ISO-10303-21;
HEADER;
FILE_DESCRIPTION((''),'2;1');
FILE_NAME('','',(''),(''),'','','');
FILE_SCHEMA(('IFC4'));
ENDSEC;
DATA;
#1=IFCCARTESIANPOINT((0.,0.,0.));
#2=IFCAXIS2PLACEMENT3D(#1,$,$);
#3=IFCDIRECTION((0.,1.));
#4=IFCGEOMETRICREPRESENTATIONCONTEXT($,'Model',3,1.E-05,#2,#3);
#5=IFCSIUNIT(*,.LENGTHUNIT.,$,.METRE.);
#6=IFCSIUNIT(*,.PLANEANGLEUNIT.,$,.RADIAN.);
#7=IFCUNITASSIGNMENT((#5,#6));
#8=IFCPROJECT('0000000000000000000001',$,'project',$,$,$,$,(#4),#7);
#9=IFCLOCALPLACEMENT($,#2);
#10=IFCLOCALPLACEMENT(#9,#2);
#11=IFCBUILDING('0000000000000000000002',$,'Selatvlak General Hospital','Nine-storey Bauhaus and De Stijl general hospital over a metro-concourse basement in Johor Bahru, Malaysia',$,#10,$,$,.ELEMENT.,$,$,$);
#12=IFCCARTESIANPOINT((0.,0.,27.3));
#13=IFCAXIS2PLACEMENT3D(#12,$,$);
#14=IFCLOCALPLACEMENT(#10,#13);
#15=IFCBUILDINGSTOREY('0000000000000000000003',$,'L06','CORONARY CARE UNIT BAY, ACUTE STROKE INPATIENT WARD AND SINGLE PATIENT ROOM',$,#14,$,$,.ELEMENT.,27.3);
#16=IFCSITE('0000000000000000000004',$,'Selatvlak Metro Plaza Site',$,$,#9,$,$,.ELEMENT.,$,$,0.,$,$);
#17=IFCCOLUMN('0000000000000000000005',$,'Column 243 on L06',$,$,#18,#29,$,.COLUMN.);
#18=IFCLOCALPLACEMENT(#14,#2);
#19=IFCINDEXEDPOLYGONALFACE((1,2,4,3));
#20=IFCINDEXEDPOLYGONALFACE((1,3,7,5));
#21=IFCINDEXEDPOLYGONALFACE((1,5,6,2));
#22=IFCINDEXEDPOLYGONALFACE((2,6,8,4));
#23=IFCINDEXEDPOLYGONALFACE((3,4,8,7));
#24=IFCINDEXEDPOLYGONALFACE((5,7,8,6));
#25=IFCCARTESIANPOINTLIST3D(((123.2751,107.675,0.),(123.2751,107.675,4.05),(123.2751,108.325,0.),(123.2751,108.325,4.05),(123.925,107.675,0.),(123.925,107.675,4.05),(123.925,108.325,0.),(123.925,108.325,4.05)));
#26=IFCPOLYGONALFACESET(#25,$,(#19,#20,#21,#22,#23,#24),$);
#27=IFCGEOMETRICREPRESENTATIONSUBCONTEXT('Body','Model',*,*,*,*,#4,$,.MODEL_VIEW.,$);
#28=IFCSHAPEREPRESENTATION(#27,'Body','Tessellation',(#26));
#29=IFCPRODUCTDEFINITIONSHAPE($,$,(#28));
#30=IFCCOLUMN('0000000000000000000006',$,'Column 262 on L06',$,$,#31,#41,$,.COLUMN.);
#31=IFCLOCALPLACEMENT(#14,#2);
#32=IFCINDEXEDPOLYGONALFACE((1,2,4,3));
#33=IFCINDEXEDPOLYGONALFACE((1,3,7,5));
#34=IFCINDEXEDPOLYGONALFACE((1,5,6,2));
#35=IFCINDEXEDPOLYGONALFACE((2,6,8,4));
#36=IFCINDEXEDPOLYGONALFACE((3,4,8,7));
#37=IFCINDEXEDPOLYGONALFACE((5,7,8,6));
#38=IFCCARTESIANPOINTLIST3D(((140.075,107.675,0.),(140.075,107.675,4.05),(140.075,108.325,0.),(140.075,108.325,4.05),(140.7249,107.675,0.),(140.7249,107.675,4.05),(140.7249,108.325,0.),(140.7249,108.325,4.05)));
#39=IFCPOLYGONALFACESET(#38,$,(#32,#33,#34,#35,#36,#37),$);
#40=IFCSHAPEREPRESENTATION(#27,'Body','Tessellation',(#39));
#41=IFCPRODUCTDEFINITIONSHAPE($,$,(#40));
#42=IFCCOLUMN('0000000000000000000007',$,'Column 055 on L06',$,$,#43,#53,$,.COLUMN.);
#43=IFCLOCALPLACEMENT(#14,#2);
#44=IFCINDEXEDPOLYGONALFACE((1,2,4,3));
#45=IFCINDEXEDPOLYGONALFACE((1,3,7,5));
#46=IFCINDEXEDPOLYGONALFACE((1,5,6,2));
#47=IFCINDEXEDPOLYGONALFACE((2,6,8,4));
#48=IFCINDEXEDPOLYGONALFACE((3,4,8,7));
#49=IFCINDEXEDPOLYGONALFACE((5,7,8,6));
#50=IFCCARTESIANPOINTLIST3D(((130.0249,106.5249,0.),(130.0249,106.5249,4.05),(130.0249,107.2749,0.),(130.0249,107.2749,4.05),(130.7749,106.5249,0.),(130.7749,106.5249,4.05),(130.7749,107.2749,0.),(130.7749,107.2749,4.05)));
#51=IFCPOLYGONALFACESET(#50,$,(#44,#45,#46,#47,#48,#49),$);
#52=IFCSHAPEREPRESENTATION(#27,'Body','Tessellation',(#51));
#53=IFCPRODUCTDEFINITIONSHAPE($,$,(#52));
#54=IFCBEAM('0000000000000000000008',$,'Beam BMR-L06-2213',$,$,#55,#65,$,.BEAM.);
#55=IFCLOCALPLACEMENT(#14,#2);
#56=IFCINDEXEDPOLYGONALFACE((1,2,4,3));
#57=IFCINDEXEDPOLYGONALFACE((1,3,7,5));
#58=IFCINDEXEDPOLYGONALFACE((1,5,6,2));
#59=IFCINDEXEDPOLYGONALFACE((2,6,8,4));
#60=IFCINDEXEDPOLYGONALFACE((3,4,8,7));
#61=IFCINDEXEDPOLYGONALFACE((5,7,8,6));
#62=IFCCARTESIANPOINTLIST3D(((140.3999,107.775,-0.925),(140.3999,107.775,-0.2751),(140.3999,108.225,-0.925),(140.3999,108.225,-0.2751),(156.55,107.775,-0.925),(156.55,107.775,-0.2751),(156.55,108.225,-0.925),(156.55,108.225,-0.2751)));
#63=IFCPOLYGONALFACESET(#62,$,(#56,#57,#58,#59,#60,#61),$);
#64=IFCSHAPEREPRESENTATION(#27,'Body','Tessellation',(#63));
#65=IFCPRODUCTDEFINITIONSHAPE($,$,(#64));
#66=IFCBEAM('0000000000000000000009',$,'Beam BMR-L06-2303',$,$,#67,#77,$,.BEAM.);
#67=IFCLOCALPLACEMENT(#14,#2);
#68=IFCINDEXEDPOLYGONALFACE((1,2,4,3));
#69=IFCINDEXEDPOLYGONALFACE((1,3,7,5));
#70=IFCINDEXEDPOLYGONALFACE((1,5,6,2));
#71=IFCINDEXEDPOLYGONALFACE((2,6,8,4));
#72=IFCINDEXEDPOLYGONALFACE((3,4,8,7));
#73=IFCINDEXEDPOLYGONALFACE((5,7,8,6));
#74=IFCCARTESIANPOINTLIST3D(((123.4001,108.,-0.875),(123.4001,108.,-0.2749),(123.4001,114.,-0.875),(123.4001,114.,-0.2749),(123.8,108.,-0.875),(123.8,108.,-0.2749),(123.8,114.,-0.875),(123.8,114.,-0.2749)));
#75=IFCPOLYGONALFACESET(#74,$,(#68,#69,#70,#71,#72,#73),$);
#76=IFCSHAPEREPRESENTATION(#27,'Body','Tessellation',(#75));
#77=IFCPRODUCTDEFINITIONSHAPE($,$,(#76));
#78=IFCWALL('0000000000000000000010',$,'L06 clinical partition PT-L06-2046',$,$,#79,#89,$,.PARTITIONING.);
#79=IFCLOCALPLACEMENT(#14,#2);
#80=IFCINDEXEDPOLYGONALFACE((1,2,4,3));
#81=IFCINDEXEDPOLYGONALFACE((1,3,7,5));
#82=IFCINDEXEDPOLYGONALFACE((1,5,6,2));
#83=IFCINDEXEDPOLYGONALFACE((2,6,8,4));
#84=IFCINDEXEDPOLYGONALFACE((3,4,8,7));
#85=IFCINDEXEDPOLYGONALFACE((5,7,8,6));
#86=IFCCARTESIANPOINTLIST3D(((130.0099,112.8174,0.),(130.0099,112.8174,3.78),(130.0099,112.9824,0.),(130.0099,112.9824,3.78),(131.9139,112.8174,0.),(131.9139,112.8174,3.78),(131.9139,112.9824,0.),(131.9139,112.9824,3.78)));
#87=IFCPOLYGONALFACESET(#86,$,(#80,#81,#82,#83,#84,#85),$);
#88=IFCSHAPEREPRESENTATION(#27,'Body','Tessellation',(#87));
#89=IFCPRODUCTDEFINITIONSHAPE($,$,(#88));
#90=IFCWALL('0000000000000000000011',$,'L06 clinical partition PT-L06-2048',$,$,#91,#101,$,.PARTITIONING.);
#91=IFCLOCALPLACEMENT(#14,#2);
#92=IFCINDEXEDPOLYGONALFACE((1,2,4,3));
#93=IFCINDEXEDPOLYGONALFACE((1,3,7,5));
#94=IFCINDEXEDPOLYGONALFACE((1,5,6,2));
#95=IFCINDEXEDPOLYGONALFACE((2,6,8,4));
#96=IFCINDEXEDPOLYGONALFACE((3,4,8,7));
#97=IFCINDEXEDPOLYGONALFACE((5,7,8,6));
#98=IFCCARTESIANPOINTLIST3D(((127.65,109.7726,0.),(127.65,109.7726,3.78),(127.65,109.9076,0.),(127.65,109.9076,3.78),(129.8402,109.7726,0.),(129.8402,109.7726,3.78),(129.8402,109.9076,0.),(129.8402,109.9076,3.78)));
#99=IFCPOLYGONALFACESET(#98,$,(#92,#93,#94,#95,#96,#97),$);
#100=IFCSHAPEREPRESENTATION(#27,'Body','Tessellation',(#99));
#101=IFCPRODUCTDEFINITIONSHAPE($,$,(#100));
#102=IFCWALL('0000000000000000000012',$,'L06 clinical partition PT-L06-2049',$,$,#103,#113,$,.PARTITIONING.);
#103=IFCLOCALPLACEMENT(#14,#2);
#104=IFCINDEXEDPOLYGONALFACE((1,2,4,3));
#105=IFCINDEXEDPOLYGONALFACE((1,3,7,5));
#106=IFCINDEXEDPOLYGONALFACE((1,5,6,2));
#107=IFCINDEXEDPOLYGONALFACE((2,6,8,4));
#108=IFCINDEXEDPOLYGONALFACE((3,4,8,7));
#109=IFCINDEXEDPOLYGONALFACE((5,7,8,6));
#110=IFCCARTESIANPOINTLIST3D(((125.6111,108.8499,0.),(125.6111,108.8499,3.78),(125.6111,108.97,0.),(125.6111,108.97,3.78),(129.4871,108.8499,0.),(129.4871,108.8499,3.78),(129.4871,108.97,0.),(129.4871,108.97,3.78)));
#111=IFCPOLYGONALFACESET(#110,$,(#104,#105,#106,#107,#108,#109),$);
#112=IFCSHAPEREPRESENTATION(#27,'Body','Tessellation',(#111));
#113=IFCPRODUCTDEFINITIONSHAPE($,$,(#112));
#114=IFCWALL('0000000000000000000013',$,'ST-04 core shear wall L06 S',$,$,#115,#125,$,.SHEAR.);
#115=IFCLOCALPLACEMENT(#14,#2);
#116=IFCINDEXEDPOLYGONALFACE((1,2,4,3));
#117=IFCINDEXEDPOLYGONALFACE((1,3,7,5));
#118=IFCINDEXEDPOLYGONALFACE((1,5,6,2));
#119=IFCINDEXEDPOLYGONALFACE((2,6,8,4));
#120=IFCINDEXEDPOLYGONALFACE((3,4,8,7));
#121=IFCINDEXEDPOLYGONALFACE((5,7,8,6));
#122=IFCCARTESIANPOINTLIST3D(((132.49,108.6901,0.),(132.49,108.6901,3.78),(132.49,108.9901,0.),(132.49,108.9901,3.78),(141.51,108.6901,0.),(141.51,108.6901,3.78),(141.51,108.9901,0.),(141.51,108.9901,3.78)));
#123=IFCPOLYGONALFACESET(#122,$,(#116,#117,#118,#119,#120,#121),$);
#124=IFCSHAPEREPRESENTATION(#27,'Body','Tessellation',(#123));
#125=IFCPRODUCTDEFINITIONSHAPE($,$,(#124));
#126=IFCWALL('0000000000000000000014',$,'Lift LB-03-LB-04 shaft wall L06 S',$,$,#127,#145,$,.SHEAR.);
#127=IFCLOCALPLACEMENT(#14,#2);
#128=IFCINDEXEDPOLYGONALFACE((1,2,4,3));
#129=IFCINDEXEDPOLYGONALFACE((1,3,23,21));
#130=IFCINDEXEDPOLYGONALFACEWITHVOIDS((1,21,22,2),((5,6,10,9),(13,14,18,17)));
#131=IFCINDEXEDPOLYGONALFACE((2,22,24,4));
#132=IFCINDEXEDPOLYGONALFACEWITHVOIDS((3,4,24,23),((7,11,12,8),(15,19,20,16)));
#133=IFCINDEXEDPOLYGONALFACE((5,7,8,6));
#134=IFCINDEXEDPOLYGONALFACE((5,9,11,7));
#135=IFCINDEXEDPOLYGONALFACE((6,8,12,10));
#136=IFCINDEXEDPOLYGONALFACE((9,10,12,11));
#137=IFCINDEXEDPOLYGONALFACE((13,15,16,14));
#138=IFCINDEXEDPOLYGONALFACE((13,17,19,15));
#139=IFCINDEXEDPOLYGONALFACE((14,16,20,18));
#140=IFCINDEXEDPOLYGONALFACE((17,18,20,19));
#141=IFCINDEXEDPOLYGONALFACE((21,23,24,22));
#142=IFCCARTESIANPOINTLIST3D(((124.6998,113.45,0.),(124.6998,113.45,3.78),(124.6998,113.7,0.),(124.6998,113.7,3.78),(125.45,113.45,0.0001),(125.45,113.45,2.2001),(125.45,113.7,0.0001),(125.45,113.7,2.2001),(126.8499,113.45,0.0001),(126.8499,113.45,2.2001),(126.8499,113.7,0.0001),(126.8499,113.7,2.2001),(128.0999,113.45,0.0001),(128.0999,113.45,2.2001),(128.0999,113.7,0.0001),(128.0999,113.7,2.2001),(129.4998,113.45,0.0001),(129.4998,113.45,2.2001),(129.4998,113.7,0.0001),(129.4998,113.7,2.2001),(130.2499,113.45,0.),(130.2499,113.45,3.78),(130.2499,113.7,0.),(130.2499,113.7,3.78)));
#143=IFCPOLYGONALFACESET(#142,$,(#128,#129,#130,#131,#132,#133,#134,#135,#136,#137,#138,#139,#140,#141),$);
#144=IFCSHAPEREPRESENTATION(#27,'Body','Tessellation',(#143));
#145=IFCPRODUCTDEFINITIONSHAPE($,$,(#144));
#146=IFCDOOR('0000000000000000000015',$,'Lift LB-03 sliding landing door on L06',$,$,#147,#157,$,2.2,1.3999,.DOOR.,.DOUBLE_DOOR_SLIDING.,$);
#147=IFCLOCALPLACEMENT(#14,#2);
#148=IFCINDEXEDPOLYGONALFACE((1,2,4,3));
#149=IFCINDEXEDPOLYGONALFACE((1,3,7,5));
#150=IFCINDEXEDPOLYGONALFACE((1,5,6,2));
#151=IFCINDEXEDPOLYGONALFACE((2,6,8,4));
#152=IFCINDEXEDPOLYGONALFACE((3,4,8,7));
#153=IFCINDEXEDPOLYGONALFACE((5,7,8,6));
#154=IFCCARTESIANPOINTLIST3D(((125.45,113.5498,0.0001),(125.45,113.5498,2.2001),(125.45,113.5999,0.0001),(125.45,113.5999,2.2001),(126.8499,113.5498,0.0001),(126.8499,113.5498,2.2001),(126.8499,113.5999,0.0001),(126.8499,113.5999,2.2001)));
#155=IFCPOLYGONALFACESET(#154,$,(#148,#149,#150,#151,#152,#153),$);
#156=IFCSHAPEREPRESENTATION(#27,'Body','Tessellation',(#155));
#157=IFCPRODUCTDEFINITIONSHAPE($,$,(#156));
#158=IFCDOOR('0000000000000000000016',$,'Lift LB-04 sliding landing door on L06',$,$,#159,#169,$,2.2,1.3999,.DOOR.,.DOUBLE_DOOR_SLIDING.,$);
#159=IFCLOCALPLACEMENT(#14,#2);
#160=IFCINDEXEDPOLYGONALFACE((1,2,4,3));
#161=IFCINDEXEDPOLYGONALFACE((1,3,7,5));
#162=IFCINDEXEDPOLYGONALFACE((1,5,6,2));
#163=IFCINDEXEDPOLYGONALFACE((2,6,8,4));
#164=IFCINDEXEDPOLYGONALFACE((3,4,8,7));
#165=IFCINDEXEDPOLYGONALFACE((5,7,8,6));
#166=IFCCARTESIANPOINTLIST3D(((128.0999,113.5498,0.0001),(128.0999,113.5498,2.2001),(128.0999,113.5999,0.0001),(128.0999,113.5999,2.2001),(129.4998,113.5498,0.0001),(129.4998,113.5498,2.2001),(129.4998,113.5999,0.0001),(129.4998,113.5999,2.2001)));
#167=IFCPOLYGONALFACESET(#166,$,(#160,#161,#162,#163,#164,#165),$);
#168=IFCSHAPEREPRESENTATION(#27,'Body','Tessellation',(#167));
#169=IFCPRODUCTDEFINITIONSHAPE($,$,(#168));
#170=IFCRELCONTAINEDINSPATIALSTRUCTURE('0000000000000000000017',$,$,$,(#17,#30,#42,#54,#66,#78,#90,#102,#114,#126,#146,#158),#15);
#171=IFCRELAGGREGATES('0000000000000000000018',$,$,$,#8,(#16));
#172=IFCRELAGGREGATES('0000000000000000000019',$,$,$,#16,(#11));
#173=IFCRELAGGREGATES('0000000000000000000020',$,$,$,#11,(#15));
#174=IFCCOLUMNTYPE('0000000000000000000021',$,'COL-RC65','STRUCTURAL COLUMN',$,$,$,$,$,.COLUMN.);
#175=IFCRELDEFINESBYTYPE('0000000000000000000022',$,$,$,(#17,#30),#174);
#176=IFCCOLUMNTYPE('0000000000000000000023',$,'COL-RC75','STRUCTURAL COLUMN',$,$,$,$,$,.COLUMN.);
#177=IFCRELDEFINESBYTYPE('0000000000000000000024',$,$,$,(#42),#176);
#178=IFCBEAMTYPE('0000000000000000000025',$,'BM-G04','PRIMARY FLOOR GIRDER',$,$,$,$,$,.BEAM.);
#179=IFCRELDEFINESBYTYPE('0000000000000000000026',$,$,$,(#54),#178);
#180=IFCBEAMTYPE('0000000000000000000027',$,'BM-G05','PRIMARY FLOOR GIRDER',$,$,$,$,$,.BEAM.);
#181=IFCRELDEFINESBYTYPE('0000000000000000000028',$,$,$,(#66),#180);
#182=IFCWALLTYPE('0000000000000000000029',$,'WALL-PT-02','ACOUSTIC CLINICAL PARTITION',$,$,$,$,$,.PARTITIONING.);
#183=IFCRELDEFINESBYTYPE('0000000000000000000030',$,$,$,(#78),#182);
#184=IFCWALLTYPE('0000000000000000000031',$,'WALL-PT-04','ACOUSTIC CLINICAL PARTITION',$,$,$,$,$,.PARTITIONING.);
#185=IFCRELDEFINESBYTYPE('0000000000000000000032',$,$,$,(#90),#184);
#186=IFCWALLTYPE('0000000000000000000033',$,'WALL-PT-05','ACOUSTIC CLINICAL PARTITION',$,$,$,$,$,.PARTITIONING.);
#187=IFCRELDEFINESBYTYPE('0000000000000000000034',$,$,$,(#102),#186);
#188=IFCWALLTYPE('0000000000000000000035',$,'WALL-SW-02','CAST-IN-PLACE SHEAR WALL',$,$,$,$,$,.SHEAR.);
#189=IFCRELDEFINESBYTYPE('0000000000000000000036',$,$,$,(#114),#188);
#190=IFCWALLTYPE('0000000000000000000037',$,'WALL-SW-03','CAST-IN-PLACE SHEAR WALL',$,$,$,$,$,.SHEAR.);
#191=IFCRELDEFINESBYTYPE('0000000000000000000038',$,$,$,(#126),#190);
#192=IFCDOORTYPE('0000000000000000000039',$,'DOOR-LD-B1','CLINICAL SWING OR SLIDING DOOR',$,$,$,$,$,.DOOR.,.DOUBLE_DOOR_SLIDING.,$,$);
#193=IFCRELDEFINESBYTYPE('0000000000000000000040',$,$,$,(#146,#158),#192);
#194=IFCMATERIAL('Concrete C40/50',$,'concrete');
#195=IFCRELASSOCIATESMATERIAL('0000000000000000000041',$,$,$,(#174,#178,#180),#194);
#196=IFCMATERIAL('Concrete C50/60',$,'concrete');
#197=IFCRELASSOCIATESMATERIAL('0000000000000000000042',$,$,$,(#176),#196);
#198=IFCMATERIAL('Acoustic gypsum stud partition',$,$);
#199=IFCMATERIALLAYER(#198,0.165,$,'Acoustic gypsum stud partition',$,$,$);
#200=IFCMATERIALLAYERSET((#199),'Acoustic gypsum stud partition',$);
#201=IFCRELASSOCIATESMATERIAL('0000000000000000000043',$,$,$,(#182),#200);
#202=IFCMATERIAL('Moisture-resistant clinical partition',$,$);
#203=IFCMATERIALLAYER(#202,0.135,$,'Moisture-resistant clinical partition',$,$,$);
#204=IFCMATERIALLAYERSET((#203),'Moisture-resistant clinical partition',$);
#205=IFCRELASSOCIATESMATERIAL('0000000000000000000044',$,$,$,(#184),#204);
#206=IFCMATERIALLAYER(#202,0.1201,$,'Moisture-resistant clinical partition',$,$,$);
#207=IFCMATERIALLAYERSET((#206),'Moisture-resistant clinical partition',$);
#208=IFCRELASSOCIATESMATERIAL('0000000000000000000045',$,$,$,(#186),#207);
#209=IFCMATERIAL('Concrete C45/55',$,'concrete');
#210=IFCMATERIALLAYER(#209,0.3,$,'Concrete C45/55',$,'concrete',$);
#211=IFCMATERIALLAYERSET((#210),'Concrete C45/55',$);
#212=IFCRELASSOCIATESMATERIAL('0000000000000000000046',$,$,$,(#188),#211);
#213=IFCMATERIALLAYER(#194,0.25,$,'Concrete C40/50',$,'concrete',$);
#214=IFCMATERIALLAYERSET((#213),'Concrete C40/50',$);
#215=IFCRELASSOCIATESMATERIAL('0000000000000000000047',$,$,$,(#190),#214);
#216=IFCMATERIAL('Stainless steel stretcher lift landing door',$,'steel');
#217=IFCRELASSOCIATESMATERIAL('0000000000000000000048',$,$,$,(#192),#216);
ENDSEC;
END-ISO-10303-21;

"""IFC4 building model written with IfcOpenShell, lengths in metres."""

from ifc_helpers import new_model, si_unit, direction, frame, frame_2d, origin, origin_2d, place, context, subcontext, project, spatial, rectangle, extrude, material, layer, layer_set, material_profile, profile_set, type_object, element, fill, save


model = new_model("IFC4")

# Units and contexts
model_context = context("Model", 3, precision=1e-05, world=origin(), true_north=direction((0.0, 1.0)))
body_context = subcontext(model_context, "Body", "Model", "MODEL_VIEW")
ifc_project = project(units=[si_unit("LENGTHUNIT", "METRE"), si_unit("PLANEANGLEUNIT", "RADIAN")], contexts=[model_context])

# Site, building, storey
site_placement = place(None, origin())
site = spatial("IfcSite", under=ifc_project, at=site_placement, Name="Selatvlak Metro Plaza Site", CompositionType="ELEMENT", RefElevation=0.0)
building_placement = place(site_placement, origin())
building = spatial("IfcBuilding", under=site, at=building_placement, Name="Selatvlak General Hospital", Description="Nine-storey Bauhaus and De Stijl general hospital over a metro-concourse basement in Johor Bahru, Malaysia", CompositionType="ELEMENT")
storey_placement = place(building_placement, frame((0.0, 0.0, 27.3)))
storey = spatial("IfcBuildingStorey", under=building, at=storey_placement, Name="L06", Description="CORONARY CARE UNIT BAY, ACUTE STROKE INPATIENT WARD AND SINGLE PATIENT ROOM", CompositionType="ELEMENT", Elevation=27.3)

# Columns
ifc_material_1 = material(Name="Concrete C40/50", Category="concrete")
ifc_material_profile_1 = material_profile(ifc_material_1, rectangle(XDim=0.6499, YDim=0.6499, at=origin_2d()), Name="RC-COL 650x650")
ifc_profile_set_1 = profile_set([ifc_material_profile_1], Name="Concrete C40/50")
column_type_1 = type_object("IfcColumnType", Name="COL-RC65", Description="STRUCTURAL COLUMN", PredefinedType="COLUMN", material=ifc_profile_set_1)
for number, where, z_axis, x_axis, name in (
    (1, (123.6001, 108.0, 0.0), (0.0, 0.0, 1.0), (1.0, 0.0, 0.0), "Column 243 on L06"),
    (2, (140.3999, 108.0, 0.0), (0.0, 0.0, 1.0), (1.0, 0.0, 0.0), "Column 262 on L06"),
):
    element("IfcColumn", number, at=place(storey_placement, frame(where, z_axis=z_axis, x_axis=x_axis)), inside=storey, type_object=column_type_1, Name=name, PredefinedType="COLUMN", context=body_context, shape_type="SweptSolid", body=[
        extrude(rectangle(XDim=0.6499, YDim=0.6499, at=origin_2d()), origin(), (0.0, 0.0, 1.0), 4.05),
    ])
ifc_material_2 = material(Name="Concrete C50/60", Category="concrete")
ifc_material_profile_2 = material_profile(ifc_material_2, rectangle(XDim=0.75, YDim=0.75, at=origin_2d()), Name="RC-COL 750x750")
ifc_profile_set_2 = profile_set([ifc_material_profile_2], Name="Concrete C50/60")
column_type_2 = type_object("IfcColumnType", Name="COL-RC75", Description="STRUCTURAL COLUMN", PredefinedType="COLUMN", material=ifc_profile_set_2)
column_placement = place(storey_placement, frame((130.3999, 106.8999, 0.0), z_axis=(0.0, 0.0, 1.0), x_axis=(1.0, 0.0, 0.0)))
element("IfcColumn", 3, at=column_placement, inside=storey, type_object=column_type_2, Name="Column 055 on L06", PredefinedType="COLUMN", context=body_context, shape_type="SweptSolid", body=[
    extrude(rectangle(XDim=0.75, YDim=0.75, at=origin_2d()), origin(), (0.0, 0.0, 1.0), 4.05),
])

# Beams
ifc_material_profile_3 = material_profile(ifc_material_1, rectangle(XDim=0.45, YDim=0.6499, at=origin_2d()), Name="RC-BM 450x650")
ifc_profile_set_3 = profile_set([ifc_material_profile_3], Name="Concrete C40/50")
beam_type_1 = type_object("IfcBeamType", Name="BM-G04", Description="PRIMARY FLOOR GIRDER", PredefinedType="BEAM", material=ifc_profile_set_3)
beam_1_placement = place(storey_placement, frame((140.3999, 108.0, -0.6001), z_axis=(1.0, 0.0, 0.0), x_axis=(0.0, 1.0, 0.0)))
element("IfcBeam", 4, at=beam_1_placement, inside=storey, type_object=beam_type_1, Name="Beam BMR-L06-2213", PredefinedType="BEAM", context=body_context, shape_type="SweptSolid", body=[
    extrude(rectangle(XDim=0.45, YDim=0.6499, at=origin_2d()), origin(), (0.0, 0.0, 1.0), 16.1501),
])
ifc_material_profile_4 = material_profile(ifc_material_1, rectangle(XDim=0.3999, YDim=0.6001, at=origin_2d()), Name="RC-BM 400x600")
ifc_profile_set_4 = profile_set([ifc_material_profile_4], Name="Concrete C40/50")
beam_type_2 = type_object("IfcBeamType", Name="BM-G05", Description="PRIMARY FLOOR GIRDER", PredefinedType="BEAM", material=ifc_profile_set_4)
beam_2_placement = place(storey_placement, frame((123.6001, 108.0, -0.575), z_axis=(0.0, 1.0, 0.0), x_axis=(-1.0, 0.0, 0.0)))
element("IfcBeam", 5, at=beam_2_placement, inside=storey, type_object=beam_type_2, Name="Beam BMR-L06-2303", PredefinedType="BEAM", context=body_context, shape_type="SweptSolid", body=[
    extrude(rectangle(XDim=0.3999, YDim=0.6001, at=origin_2d()), origin(), (0.0, 0.0, 1.0), 6.0),
])

# Wall
ifc_material_3 = material(Name="Acoustic gypsum stud partition")
ifc_layer_1 = layer(ifc_material_3, 0.165, Name="Acoustic gypsum stud partition")
ifc_layer_set_1 = layer_set([ifc_layer_1], Name="Acoustic gypsum stud partition")
wall_type_1 = type_object("IfcWallType", Name="WALL-PT-02", Description="ACOUSTIC CLINICAL PARTITION", PredefinedType="PARTITIONING", material=ifc_layer_set_1)
wall_1_placement = place(storey_placement, frame((131.9141, 112.8999, 0.0), z_axis=(0.0, 0.0, 1.0), x_axis=(-1.0, 0.0, 0.0)))
element("IfcWall", 6, at=wall_1_placement, inside=storey, type_object=wall_type_1, Name="L06 clinical partition PT-L06-2046", PredefinedType="PARTITIONING", context=body_context, shape_type="SweptSolid", body=[
    extrude(rectangle(XDim=1.9041, YDim=0.165, at=frame_2d((0.9521, 0.0))), origin(), (0.0, 0.0, 1.0), 3.78),
])

# Walls
ifc_material_4 = material(Name="Moisture-resistant clinical partition")
ifc_layer_2 = layer(ifc_material_4, 0.135, Name="Moisture-resistant clinical partition")
ifc_layer_set_2 = layer_set([ifc_layer_2], Name="Moisture-resistant clinical partition")
wall_type_2 = type_object("IfcWallType", Name="WALL-PT-04", Description="ACOUSTIC CLINICAL PARTITION", PredefinedType="PARTITIONING", material=ifc_layer_set_2)
wall_2_placement = place(storey_placement, frame((127.6499, 109.8401, 0.0), z_axis=(0.0, 0.0, 1.0), x_axis=(1.0, 0.0, 0.0)))
element("IfcWall", 7, at=wall_2_placement, inside=storey, type_object=wall_type_2, Name="L06 clinical partition PT-L06-2048", PredefinedType="PARTITIONING", context=body_context, shape_type="SweptSolid", body=[
    extrude(rectangle(XDim=2.1902, YDim=0.135, at=frame_2d((1.0952, 0.0))), origin(), (0.0, 0.0, 1.0), 3.78),
])
ifc_layer_3 = layer(ifc_material_4, 0.1201, Name="Moisture-resistant clinical partition")
ifc_layer_set_3 = layer_set([ifc_layer_3], Name="Moisture-resistant clinical partition")
wall_type_3 = type_object("IfcWallType", Name="WALL-PT-05", Description="ACOUSTIC CLINICAL PARTITION", PredefinedType="PARTITIONING", material=ifc_layer_set_3)
wall_3_placement = place(storey_placement, frame((129.4871, 108.9099, 0.0), z_axis=(0.0, 0.0, 1.0), x_axis=(-1.0, 0.0, 0.0)))
element("IfcWall", 8, at=wall_3_placement, inside=storey, type_object=wall_type_3, Name="L06 clinical partition PT-L06-2049", PredefinedType="PARTITIONING", context=body_context, shape_type="SweptSolid", body=[
    extrude(rectangle(XDim=3.876, YDim=0.1201, at=frame_2d((1.938, 0.0))), origin(), (0.0, 0.0, 1.0), 3.78),
])
ifc_material_5 = material(Name="Concrete C45/55", Category="concrete")
ifc_layer_4 = layer(ifc_material_5, 0.3, Name="Concrete C45/55", Category="concrete")
ifc_layer_set_4 = layer_set([ifc_layer_4], Name="Concrete C45/55")
wall_type_4 = type_object("IfcWallType", Name="WALL-SW-02", Description="CAST-IN-PLACE SHEAR WALL", PredefinedType="SHEAR", material=ifc_layer_set_4)
wall_4_placement = place(storey_placement, frame((132.49, 108.8401, 0.0), z_axis=(0.0, 0.0, 1.0), x_axis=(1.0, 0.0, 0.0)))
element("IfcWall", 9, at=wall_4_placement, inside=storey, type_object=wall_type_4, Name="ST-04 core shear wall L06 S", PredefinedType="SHEAR", context=body_context, shape_type="SweptSolid", body=[
    extrude(rectangle(XDim=9.02, YDim=0.3, at=frame_2d((4.51, 0.0))), origin(), (0.0, 0.0, 1.0), 3.78),
])

# Wall, openings, doors
ifc_layer_5 = layer(ifc_material_1, 0.25, Name="Concrete C40/50", Category="concrete")
ifc_layer_set_5 = layer_set([ifc_layer_5], Name="Concrete C40/50")
wall_type_5 = type_object("IfcWallType", Name="WALL-SW-03", Description="CAST-IN-PLACE SHEAR WALL", PredefinedType="SHEAR", material=ifc_layer_set_5)
wall_5_placement = place(storey_placement, frame((124.7, 113.575, 0.0), z_axis=(0.0, 0.0, 1.0), x_axis=(1.0, 0.0, 0.0)))
wall_5 = element("IfcWall", 10, at=wall_5_placement, inside=storey, type_object=wall_type_5, Name="Lift LB-03-LB-04 shaft wall L06 S", PredefinedType="SHEAR", context=body_context, shape_type="SweptSolid", body=[
    extrude(rectangle(XDim=5.55, YDim=0.25, at=frame_2d((2.7749, 0.0))), origin(), (0.0, 0.0, 1.0), 3.78),
])
opening_1_placement = place(wall_5_placement, frame((0.75, 0.0, 0.0)))
opening_1 = element("IfcOpeningElement", 11, at=opening_1_placement, cuts=wall_5, PredefinedType="OPENING", context=body_context, shape_type="SweptSolid", body=[
    extrude(rectangle(XDim=1.3999, YDim=2.2, at=frame_2d((0.7, 1.1001))), frame((0.0, 0.135, 0.0), z_axis=(0.0, -1.0, 0.0), x_axis=(1.0, 0.0, 0.0)), (0.0, 0.0, 1.0), 0.27),
])
opening_2_placement = place(wall_5_placement, frame((3.3999, 0.0, 0.0)))
opening_2 = element("IfcOpeningElement", 12, at=opening_2_placement, cuts=wall_5, PredefinedType="OPENING", context=body_context, shape_type="SweptSolid", body=[
    extrude(rectangle(XDim=1.3999, YDim=2.2, at=frame_2d((0.7, 1.1001))), frame((0.0, 0.135, 0.0), z_axis=(0.0, -1.0, 0.0), x_axis=(1.0, 0.0, 0.0)), (0.0, 0.0, 1.0), 0.27),
])
ifc_material_6 = material(Name="Stainless steel stretcher lift landing door", Category="steel")
door_type_1 = type_object("IfcDoorType", Name="DOOR-LD-B1", Description="CLINICAL SWING OR SLIDING DOOR", OperationType="DOUBLE_DOOR_SLIDING", PredefinedType="DOOR", material=ifc_material_6)
door_1_placement = place(opening_1_placement, origin())
door_1 = element("IfcDoor", 13, at=door_1_placement, inside=storey, type_object=door_type_1, Name="Lift LB-03 sliding landing door on L06", OperationType="DOUBLE_DOOR_SLIDING", OverallHeight=2.2, OverallWidth=1.3999, PredefinedType="DOOR", context=body_context, shape_type="SweptSolid", body=[
    extrude(rectangle(XDim=1.3999, YDim=2.2, at=frame_2d((0.7, 1.1001))), frame((0.0, 0.0249, 0.0), z_axis=(0.0, -1.0, 0.0), x_axis=(1.0, 0.0, 0.0)), (0.0, 0.0, 1.0), 0.05),
])
fill(opening_1, door_1)
door_2_placement = place(opening_2_placement, origin())
door_2 = element("IfcDoor", 14, at=door_2_placement, inside=storey, type_object=door_type_1, Name="Lift LB-04 sliding landing door on L06", OperationType="DOUBLE_DOOR_SLIDING", OverallHeight=2.2, OverallWidth=1.3999, PredefinedType="DOOR", context=body_context, shape_type="SweptSolid", body=[
    extrude(rectangle(XDim=1.3999, YDim=2.2, at=frame_2d((0.7, 1.1001))), frame((0.0, 0.0249, 0.0), z_axis=(0.0, -1.0, 0.0), x_axis=(1.0, 0.0, 0.0)), (0.0, 0.0, 1.0), 0.05),
])
fill(opening_2, door_2)

save(model, "model.ifc")
